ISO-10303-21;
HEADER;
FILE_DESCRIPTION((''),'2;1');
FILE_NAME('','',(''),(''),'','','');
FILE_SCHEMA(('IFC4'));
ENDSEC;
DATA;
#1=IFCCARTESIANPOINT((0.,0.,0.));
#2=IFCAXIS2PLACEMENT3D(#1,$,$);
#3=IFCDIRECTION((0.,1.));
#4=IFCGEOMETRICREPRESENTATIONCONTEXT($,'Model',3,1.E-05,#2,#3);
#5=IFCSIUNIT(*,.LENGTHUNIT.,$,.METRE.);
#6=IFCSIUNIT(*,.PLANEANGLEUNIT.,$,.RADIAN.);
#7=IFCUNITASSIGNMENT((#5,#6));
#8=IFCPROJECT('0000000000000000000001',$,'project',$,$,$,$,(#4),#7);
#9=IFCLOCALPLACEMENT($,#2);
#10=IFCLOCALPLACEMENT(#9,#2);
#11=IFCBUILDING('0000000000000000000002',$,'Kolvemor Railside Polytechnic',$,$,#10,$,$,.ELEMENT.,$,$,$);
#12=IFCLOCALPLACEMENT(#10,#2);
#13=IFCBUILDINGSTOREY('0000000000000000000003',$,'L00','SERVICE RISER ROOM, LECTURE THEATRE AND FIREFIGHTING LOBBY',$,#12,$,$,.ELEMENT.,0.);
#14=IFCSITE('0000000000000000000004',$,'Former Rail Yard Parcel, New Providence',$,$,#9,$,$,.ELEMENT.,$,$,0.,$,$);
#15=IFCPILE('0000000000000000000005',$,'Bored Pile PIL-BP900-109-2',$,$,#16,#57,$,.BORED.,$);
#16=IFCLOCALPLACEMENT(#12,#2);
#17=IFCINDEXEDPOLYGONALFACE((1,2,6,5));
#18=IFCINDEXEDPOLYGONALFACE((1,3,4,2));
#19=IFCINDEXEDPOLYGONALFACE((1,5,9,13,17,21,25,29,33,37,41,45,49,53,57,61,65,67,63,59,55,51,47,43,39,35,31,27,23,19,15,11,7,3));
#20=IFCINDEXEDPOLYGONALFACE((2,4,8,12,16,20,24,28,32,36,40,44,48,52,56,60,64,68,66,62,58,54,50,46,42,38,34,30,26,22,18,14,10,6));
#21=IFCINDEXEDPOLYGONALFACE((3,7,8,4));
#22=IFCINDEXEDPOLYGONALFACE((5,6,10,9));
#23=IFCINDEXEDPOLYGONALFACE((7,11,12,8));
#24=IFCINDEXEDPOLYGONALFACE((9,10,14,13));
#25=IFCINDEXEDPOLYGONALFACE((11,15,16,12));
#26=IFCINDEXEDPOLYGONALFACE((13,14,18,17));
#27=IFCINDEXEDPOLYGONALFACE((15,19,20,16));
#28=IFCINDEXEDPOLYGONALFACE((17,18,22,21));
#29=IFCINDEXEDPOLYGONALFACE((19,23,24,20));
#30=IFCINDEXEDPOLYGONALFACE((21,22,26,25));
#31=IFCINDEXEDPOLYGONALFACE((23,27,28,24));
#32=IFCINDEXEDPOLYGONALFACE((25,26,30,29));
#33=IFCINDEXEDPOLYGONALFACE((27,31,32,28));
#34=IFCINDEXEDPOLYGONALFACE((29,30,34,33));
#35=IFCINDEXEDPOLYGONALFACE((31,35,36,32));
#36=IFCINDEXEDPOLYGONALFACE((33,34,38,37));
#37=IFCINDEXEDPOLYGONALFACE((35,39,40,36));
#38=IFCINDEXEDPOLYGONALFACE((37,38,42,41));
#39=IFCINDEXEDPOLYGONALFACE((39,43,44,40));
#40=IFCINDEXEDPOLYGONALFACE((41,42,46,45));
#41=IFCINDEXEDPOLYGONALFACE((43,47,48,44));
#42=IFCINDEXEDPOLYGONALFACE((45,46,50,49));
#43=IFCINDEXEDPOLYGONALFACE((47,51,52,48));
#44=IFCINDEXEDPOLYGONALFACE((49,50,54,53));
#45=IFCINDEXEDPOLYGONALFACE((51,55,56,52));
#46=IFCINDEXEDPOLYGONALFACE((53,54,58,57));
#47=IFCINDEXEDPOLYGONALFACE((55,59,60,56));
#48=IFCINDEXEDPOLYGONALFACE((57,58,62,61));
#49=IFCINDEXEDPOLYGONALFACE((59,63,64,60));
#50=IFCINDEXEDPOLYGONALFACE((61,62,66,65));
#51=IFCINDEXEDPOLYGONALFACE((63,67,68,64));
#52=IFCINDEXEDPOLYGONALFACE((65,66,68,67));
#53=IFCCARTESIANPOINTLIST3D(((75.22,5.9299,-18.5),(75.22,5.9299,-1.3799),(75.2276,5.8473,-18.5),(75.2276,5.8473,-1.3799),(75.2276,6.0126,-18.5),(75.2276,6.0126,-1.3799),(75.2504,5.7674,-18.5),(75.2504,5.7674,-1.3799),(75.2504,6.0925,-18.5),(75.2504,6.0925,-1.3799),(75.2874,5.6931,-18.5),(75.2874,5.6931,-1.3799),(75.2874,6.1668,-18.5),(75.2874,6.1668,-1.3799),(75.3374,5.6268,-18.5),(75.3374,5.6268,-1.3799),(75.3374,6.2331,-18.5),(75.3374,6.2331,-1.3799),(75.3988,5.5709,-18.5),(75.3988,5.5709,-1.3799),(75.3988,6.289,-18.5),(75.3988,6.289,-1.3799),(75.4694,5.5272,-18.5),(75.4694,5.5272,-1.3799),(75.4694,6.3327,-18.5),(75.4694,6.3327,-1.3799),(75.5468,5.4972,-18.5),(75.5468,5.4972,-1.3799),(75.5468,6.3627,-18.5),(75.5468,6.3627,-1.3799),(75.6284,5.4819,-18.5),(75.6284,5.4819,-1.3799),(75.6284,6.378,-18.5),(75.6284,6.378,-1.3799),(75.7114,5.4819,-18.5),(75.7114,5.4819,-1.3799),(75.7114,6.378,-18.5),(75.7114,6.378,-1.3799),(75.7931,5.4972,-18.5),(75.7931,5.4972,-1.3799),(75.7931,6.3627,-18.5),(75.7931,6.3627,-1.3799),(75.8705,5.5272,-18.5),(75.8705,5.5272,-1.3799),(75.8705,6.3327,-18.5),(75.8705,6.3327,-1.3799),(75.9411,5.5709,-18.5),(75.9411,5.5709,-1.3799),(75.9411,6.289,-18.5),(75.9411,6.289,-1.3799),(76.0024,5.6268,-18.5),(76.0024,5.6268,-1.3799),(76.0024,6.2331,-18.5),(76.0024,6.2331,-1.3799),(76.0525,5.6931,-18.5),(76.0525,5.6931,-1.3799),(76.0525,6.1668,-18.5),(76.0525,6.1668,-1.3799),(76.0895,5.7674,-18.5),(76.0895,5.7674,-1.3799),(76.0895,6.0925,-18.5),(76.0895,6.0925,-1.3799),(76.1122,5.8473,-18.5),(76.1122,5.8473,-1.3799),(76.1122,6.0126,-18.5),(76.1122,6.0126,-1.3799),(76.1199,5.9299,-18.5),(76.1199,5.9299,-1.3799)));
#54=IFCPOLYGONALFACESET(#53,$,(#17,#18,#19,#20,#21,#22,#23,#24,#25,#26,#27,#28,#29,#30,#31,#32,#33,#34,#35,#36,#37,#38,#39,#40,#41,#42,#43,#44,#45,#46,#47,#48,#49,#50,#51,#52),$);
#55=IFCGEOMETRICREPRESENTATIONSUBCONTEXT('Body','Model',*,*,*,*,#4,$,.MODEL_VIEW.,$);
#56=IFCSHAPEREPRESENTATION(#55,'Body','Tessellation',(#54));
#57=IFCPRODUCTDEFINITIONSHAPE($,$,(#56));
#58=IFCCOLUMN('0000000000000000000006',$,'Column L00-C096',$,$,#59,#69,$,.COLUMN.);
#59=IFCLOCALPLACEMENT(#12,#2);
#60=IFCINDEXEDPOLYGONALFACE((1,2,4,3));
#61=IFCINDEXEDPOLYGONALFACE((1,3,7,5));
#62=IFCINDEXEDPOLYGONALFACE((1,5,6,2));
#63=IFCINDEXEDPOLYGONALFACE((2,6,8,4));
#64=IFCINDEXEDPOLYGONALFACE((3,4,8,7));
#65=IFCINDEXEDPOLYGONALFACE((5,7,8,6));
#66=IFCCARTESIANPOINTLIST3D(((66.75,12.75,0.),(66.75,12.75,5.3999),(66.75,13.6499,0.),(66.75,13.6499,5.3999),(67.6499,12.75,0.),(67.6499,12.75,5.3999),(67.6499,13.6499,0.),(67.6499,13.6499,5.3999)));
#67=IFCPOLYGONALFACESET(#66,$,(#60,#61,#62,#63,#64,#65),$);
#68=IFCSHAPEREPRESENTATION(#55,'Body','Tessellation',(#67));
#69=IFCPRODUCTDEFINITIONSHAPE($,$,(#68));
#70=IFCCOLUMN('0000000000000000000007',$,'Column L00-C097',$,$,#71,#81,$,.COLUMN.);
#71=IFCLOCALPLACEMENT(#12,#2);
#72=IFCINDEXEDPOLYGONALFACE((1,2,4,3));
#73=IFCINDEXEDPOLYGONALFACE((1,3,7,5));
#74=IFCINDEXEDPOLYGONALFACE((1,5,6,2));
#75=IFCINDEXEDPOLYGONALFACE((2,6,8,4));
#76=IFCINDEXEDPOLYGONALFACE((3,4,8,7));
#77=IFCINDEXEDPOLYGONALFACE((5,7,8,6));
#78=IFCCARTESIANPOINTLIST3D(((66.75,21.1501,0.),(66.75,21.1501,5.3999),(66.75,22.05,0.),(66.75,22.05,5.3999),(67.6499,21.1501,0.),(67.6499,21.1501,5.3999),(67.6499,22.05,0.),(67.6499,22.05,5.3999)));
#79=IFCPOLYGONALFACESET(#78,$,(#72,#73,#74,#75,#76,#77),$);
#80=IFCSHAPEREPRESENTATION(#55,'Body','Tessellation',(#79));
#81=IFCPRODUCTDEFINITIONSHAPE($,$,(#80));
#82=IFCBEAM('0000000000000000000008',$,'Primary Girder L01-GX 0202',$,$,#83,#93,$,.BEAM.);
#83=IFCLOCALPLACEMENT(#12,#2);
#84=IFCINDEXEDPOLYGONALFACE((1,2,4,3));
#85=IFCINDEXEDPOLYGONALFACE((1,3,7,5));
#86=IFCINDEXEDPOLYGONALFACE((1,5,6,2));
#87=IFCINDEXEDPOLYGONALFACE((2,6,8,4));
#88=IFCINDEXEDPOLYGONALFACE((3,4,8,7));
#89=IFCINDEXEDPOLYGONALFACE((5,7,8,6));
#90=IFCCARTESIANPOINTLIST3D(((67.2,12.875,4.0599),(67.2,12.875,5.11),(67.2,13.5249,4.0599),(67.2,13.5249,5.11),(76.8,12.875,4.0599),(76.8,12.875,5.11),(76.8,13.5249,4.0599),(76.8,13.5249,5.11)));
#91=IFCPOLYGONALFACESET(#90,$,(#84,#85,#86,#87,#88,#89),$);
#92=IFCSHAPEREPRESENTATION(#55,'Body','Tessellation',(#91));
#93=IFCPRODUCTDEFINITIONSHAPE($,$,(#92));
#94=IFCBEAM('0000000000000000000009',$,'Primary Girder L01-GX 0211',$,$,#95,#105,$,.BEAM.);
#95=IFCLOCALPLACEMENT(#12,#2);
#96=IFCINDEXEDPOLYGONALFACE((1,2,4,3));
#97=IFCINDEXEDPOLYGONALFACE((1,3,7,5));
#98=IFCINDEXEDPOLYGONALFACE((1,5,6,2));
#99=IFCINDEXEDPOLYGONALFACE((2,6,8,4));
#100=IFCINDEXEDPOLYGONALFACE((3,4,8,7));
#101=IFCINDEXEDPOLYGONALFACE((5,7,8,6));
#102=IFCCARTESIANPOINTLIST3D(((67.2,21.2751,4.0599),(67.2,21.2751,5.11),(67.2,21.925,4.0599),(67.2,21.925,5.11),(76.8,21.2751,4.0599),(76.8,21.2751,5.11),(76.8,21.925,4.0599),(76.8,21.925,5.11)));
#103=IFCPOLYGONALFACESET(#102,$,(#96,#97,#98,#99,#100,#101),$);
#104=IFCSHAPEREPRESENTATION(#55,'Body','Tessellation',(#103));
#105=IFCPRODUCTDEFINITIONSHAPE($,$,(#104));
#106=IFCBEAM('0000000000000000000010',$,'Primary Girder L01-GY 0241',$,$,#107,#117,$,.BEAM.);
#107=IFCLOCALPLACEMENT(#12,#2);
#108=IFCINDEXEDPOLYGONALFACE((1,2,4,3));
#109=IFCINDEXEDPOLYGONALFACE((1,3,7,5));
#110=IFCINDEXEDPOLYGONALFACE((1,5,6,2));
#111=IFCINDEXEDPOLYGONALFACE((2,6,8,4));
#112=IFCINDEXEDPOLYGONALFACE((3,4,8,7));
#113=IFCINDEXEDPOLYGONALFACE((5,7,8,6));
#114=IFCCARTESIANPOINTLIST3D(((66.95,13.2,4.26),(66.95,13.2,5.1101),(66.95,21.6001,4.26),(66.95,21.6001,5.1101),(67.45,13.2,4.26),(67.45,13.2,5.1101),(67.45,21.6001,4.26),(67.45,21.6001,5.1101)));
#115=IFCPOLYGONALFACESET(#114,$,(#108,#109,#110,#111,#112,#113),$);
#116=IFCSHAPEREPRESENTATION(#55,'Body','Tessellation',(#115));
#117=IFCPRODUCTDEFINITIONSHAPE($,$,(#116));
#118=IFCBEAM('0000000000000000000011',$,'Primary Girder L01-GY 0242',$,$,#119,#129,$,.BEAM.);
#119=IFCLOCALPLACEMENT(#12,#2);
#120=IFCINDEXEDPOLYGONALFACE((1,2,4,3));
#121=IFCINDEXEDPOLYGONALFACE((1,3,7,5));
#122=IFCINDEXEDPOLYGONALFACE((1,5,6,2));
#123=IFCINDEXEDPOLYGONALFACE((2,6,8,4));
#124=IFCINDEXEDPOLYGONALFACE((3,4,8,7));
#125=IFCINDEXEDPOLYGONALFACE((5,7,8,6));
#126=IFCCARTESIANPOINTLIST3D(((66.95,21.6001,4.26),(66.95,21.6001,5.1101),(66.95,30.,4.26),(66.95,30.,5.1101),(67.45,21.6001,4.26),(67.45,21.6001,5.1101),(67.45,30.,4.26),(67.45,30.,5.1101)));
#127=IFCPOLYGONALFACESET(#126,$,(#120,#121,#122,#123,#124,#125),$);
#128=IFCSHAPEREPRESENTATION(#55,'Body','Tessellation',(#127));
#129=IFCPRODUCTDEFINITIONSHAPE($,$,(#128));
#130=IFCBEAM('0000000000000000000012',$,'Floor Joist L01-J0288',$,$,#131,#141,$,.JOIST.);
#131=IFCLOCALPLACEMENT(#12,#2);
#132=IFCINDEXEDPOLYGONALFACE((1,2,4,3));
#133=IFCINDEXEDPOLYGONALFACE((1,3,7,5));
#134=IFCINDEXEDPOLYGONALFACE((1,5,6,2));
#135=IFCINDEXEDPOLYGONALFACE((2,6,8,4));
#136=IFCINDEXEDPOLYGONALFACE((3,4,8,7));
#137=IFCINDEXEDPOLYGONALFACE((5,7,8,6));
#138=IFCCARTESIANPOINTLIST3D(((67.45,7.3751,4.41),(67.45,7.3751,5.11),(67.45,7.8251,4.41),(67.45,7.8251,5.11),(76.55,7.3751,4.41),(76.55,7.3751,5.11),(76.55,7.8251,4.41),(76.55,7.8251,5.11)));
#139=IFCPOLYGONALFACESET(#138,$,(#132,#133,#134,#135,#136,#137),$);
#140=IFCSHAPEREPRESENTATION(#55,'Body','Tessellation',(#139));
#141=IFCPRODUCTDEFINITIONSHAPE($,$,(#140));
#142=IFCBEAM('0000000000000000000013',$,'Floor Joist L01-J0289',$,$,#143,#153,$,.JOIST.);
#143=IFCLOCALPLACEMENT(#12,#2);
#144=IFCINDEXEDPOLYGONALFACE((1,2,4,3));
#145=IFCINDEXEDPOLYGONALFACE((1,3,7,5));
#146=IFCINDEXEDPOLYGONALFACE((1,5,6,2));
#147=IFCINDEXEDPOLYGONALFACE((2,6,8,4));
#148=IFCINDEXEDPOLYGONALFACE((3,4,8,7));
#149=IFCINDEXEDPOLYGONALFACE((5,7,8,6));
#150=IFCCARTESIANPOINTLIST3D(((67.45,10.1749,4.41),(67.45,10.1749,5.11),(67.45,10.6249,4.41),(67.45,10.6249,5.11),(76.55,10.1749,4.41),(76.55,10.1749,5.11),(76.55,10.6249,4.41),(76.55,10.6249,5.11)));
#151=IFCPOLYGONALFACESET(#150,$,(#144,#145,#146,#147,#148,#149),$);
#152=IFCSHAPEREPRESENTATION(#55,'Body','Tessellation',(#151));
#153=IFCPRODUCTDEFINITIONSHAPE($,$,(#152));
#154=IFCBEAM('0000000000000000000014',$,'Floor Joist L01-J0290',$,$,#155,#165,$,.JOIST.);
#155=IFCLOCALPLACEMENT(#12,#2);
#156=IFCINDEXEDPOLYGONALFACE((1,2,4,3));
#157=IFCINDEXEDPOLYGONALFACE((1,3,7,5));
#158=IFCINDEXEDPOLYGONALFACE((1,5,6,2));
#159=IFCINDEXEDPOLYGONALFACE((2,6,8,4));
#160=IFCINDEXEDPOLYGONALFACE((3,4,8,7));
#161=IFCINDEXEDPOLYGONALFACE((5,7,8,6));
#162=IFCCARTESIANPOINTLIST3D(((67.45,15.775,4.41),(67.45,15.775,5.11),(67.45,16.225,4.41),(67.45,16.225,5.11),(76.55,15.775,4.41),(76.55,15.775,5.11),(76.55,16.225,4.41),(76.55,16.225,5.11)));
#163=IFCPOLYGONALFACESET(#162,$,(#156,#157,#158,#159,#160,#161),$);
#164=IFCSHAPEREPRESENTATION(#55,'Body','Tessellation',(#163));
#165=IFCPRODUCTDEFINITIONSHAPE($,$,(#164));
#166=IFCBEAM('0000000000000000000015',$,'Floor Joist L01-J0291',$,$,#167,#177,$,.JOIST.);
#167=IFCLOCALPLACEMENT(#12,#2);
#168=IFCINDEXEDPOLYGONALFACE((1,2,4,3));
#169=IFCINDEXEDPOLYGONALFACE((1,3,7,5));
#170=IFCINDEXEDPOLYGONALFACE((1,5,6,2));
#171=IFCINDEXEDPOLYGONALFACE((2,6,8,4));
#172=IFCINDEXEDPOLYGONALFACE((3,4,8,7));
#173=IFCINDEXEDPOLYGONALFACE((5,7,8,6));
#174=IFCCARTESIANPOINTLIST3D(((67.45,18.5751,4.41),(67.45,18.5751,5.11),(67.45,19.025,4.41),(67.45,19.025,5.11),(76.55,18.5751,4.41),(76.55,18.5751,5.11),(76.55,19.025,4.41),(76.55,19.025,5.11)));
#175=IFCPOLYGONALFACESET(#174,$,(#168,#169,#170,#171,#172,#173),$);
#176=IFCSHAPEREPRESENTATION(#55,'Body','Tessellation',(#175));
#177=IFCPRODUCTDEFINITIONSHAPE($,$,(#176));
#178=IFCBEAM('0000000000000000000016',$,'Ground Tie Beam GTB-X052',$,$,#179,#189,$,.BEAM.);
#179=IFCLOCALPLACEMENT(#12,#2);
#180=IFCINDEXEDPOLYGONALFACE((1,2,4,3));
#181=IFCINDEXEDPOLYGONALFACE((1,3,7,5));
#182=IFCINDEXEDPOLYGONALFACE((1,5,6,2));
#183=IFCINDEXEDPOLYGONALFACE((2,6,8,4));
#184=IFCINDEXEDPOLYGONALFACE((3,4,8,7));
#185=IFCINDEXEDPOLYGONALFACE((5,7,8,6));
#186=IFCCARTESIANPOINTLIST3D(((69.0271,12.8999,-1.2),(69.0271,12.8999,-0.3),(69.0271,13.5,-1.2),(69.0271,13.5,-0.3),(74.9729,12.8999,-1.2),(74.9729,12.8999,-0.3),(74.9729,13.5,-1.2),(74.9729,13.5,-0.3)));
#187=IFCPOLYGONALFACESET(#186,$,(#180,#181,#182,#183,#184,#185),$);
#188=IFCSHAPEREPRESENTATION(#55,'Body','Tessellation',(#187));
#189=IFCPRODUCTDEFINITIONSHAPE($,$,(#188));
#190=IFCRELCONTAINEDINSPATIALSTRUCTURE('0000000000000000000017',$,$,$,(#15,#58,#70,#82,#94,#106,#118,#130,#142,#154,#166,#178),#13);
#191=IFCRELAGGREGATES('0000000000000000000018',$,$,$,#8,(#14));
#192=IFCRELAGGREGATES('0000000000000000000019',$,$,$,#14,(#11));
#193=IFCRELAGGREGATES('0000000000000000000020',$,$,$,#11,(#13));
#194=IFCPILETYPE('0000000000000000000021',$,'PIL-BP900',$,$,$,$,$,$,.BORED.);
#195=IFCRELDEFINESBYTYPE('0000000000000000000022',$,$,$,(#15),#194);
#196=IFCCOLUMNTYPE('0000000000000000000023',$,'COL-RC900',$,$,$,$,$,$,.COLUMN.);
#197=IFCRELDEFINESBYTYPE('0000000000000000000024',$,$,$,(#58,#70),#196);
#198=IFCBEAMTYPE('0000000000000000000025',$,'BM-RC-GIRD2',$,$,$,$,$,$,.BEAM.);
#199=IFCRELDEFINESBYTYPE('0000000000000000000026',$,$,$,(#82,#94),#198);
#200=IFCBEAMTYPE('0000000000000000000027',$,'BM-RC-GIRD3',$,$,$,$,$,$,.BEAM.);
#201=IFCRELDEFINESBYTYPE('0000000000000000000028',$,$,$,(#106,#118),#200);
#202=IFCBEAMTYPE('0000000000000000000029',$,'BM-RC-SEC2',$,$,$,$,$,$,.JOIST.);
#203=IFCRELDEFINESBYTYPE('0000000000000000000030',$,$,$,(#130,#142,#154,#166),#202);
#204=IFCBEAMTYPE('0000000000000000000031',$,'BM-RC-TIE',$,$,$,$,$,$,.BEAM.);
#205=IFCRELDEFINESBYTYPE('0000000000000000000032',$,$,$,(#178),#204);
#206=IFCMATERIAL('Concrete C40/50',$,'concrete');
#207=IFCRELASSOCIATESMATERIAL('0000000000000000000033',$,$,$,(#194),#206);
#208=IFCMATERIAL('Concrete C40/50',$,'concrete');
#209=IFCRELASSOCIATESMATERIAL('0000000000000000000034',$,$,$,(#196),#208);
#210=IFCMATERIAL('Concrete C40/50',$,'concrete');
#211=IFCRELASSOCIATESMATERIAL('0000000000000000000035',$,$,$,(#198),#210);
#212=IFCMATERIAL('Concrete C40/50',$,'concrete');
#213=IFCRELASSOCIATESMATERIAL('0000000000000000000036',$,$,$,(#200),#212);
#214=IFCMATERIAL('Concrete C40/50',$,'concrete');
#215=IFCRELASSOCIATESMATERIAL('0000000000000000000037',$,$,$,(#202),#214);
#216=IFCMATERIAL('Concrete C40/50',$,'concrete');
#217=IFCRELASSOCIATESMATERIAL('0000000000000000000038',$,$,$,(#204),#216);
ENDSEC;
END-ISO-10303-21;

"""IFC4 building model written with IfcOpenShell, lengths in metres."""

from ifc_helpers import new_model, si_unit, direction, frame, origin, origin_2d, place, context, subcontext, project, spatial, rectangle, circle, extrude, material, material_profile, profile_set, type_object, element, save


model = new_model("IFC4")

# Units and contexts
model_context = context("Model", 3, precision=1e-05, world=origin(), true_north=direction((0.0, 1.0)))
body_context = subcontext(model_context, "Body", "Model", "MODEL_VIEW")
ifc_project = project(units=[si_unit("LENGTHUNIT", "METRE"), si_unit("PLANEANGLEUNIT", "RADIAN")], contexts=[model_context])

# Site, building, storey
site_placement = place(None, origin())
site = spatial("IfcSite", under=ifc_project, at=site_placement, Name="Former Rail Yard Parcel, New Providence", CompositionType="ELEMENT", RefElevation=0.0)
building_placement = place(site_placement, origin())
building = spatial("IfcBuilding", under=site, at=building_placement, Name="Kolvemor Railside Polytechnic", CompositionType="ELEMENT")
storey_placement = place(building_placement, origin())
storey = spatial("IfcBuildingStorey", under=building, at=storey_placement, Name="L00", Description="SERVICE RISER ROOM, LECTURE THEATRE AND FIREFIGHTING LOBBY", CompositionType="ELEMENT", Elevation=0.0)

# Pile
ifc_material_1 = material(Name="Concrete C40/50", Category="concrete")
ifc_material_profile_1 = material_profile(ifc_material_1, circle(Radius=0.45, at=origin_2d()), Name="BP900")
ifc_profile_set_1 = profile_set([ifc_material_profile_1], Name="Concrete C40/50")
pile_type_1 = type_object("IfcPileType", Name="PIL-BP900", PredefinedType="BORED", material=ifc_profile_set_1)
pile_placement = place(storey_placement, frame((75.6699, 5.9299, -1.3799), z_axis=(0.0, 0.0, -1.0), x_axis=(1.0, 0.0, 0.0)))
element("IfcPile", 1, at=pile_placement, inside=storey, type_object=pile_type_1, Name="Bored Pile PIL-BP900-109-2", PredefinedType="BORED", context=body_context, shape_type="SweptSolid", body=[
    extrude(circle(Radius=0.45, at=origin_2d()), origin(), (0.0, 0.0, 1.0), 17.1201),
])

# Columns
ifc_material_2 = material(Name="Concrete C40/50", Category="concrete")
ifc_material_profile_2 = material_profile(ifc_material_2, rectangle(XDim=0.8999, YDim=0.8999, at=origin_2d()), Name="RC900x900")
ifc_profile_set_2 = profile_set([ifc_material_profile_2], Name="Concrete C40/50")
column_type = type_object("IfcColumnType", Name="COL-RC900", PredefinedType="COLUMN", material=ifc_profile_set_2)
for number, where, z_axis, x_axis, name in (
    (2, (67.2, 13.2, 0.0), (0.0, 0.0, 1.0), (1.0, 0.0, 0.0), "Column L00-C096"),
    (3, (67.2, 21.6001, 0.0), (0.0, 0.0, 1.0), (1.0, 0.0, 0.0), "Column L00-C097"),
):
    element("IfcColumn", number, at=place(storey_placement, frame(where, z_axis=z_axis, x_axis=x_axis)), inside=storey, type_object=column_type, Name=name, PredefinedType="COLUMN", context=body_context, shape_type="SweptSolid", body=[
        extrude(rectangle(XDim=0.8999, YDim=0.8999, at=origin_2d()), origin(), (0.0, 0.0, 1.0), 5.3999),
    ])

# Beams
ifc_material_3 = material(Name="Concrete C40/50", Category="concrete")
ifc_material_profile_3 = material_profile(ifc_material_3, rectangle(XDim=0.6499, YDim=1.05, at=origin_2d()), Name="RC650x1050")
ifc_profile_set_3 = profile_set([ifc_material_profile_3], Name="Concrete C40/50")
beam_type_1 = type_object("IfcBeamType", Name="BM-RC-GIRD2", PredefinedType="BEAM", material=ifc_profile_set_3)
for number, where, z_axis, x_axis, name in (
    (4, (67.2, 13.2, 4.585), (1.0, 0.0, 0.0), (0.0, 1.0, 0.0), "Primary Girder L01-GX 0202"),
    (5, (67.2, 21.6001, 4.585), (1.0, 0.0, 0.0), (0.0, 1.0, 0.0), "Primary Girder L01-GX 0211"),
):
    element("IfcBeam", number, at=place(storey_placement, frame(where, z_axis=z_axis, x_axis=x_axis)), inside=storey, type_object=beam_type_1, Name=name, PredefinedType="BEAM", context=body_context, shape_type="SweptSolid", body=[
        extrude(rectangle(XDim=0.6499, YDim=1.05, at=origin_2d()), origin(), (0.0, 0.0, 1.0), 9.6001),
    ])
ifc_material_4 = material(Name="Concrete C40/50", Category="concrete")
ifc_material_profile_4 = material_profile(ifc_material_4, rectangle(XDim=0.5, YDim=0.8501, at=origin_2d()), Name="RC500x850")
ifc_profile_set_4 = profile_set([ifc_material_profile_4], Name="Concrete C40/50")
beam_type_2 = type_object("IfcBeamType", Name="BM-RC-GIRD3", PredefinedType="BEAM", material=ifc_profile_set_4)
beam_1_placement = place(storey_placement, frame((67.2, 13.2, 4.6851), z_axis=(0.0, 1.0, 0.0), x_axis=(-1.0, 0.0, 0.0)))
element("IfcBeam", 6, at=beam_1_placement, inside=storey, type_object=beam_type_2, Name="Primary Girder L01-GY 0241", PredefinedType="BEAM", context=body_context, shape_type="SweptSolid", body=[
    extrude(rectangle(XDim=0.5, YDim=0.8501, at=origin_2d()), origin(), (0.0, 0.0, 1.0), 8.4001),
])
beam_2_placement = place(storey_placement, frame((67.2, 21.6001, 4.6851), z_axis=(0.0, 1.0, 0.0), x_axis=(-1.0, 0.0, 0.0)))
element("IfcBeam", 7, at=beam_2_placement, inside=storey, type_object=beam_type_2, Name="Primary Girder L01-GY 0242", PredefinedType="BEAM", context=body_context, shape_type="SweptSolid", body=[
    extrude(rectangle(XDim=0.5, YDim=0.8501, at=origin_2d()), origin(), (0.0, 0.0, 1.0), 8.3999),
])
ifc_material_5 = material(Name="Concrete C40/50", Category="concrete")
ifc_material_profile_5 = material_profile(ifc_material_5, rectangle(XDim=0.45, YDim=0.7, at=origin_2d()), Name="RC450x700")
ifc_profile_set_5 = profile_set([ifc_material_profile_5], Name="Concrete C40/50")
beam_type_3 = type_object("IfcBeamType", Name="BM-RC-SEC2", PredefinedType="JOIST", material=ifc_profile_set_5)
for number, where, z_axis, x_axis, name in (
    (8, (67.45, 7.6001, 4.76), (1.0, 0.0, 0.0), (0.0, 1.0, 0.0), "Floor Joist L01-J0288"),
    (9, (67.45, 10.3999, 4.76), (1.0, 0.0, 0.0), (0.0, 1.0, 0.0), "Floor Joist L01-J0289"),
    (10, (67.45, 16.0, 4.76), (1.0, 0.0, 0.0), (0.0, 1.0, 0.0), "Floor Joist L01-J0290"),
    (11, (67.45, 18.8, 4.76), (1.0, 0.0, 0.0), (0.0, 1.0, 0.0), "Floor Joist L01-J0291"),
):
    element("IfcBeam", number, at=place(storey_placement, frame(where, z_axis=z_axis, x_axis=x_axis)), inside=storey, type_object=beam_type_3, Name=name, PredefinedType="JOIST", context=body_context, shape_type="SweptSolid", body=[
        extrude(rectangle(XDim=0.45, YDim=0.7, at=origin_2d()), origin(), (0.0, 0.0, 1.0), 9.1001),
    ])
ifc_material_6 = material(Name="Concrete C40/50", Category="concrete")
ifc_material_profile_6 = material_profile(ifc_material_6, rectangle(XDim=0.6001, YDim=0.8999, at=origin_2d()), Name="RC600x900")
ifc_profile_set_6 = profile_set([ifc_material_profile_6], Name="Concrete C40/50")
beam_type_4 = type_object("IfcBeamType", Name="BM-RC-TIE", PredefinedType="BEAM", material=ifc_profile_set_6)
beam_3_placement = place(storey_placement, frame((69.0271, 13.2, -0.75), z_axis=(1.0, 0.0, 0.0), x_axis=(0.0, 1.0, 0.0)))
element("IfcBeam", 12, at=beam_3_placement, inside=storey, type_object=beam_type_4, Name="Ground Tie Beam GTB-X052", PredefinedType="BEAM", context=body_context, shape_type="SweptSolid", body=[
    extrude(rectangle(XDim=0.6001, YDim=0.8999, at=origin_2d()), origin(), (0.0, 0.0, 1.0), 5.9458),
])

save(model, "model.ifc")
